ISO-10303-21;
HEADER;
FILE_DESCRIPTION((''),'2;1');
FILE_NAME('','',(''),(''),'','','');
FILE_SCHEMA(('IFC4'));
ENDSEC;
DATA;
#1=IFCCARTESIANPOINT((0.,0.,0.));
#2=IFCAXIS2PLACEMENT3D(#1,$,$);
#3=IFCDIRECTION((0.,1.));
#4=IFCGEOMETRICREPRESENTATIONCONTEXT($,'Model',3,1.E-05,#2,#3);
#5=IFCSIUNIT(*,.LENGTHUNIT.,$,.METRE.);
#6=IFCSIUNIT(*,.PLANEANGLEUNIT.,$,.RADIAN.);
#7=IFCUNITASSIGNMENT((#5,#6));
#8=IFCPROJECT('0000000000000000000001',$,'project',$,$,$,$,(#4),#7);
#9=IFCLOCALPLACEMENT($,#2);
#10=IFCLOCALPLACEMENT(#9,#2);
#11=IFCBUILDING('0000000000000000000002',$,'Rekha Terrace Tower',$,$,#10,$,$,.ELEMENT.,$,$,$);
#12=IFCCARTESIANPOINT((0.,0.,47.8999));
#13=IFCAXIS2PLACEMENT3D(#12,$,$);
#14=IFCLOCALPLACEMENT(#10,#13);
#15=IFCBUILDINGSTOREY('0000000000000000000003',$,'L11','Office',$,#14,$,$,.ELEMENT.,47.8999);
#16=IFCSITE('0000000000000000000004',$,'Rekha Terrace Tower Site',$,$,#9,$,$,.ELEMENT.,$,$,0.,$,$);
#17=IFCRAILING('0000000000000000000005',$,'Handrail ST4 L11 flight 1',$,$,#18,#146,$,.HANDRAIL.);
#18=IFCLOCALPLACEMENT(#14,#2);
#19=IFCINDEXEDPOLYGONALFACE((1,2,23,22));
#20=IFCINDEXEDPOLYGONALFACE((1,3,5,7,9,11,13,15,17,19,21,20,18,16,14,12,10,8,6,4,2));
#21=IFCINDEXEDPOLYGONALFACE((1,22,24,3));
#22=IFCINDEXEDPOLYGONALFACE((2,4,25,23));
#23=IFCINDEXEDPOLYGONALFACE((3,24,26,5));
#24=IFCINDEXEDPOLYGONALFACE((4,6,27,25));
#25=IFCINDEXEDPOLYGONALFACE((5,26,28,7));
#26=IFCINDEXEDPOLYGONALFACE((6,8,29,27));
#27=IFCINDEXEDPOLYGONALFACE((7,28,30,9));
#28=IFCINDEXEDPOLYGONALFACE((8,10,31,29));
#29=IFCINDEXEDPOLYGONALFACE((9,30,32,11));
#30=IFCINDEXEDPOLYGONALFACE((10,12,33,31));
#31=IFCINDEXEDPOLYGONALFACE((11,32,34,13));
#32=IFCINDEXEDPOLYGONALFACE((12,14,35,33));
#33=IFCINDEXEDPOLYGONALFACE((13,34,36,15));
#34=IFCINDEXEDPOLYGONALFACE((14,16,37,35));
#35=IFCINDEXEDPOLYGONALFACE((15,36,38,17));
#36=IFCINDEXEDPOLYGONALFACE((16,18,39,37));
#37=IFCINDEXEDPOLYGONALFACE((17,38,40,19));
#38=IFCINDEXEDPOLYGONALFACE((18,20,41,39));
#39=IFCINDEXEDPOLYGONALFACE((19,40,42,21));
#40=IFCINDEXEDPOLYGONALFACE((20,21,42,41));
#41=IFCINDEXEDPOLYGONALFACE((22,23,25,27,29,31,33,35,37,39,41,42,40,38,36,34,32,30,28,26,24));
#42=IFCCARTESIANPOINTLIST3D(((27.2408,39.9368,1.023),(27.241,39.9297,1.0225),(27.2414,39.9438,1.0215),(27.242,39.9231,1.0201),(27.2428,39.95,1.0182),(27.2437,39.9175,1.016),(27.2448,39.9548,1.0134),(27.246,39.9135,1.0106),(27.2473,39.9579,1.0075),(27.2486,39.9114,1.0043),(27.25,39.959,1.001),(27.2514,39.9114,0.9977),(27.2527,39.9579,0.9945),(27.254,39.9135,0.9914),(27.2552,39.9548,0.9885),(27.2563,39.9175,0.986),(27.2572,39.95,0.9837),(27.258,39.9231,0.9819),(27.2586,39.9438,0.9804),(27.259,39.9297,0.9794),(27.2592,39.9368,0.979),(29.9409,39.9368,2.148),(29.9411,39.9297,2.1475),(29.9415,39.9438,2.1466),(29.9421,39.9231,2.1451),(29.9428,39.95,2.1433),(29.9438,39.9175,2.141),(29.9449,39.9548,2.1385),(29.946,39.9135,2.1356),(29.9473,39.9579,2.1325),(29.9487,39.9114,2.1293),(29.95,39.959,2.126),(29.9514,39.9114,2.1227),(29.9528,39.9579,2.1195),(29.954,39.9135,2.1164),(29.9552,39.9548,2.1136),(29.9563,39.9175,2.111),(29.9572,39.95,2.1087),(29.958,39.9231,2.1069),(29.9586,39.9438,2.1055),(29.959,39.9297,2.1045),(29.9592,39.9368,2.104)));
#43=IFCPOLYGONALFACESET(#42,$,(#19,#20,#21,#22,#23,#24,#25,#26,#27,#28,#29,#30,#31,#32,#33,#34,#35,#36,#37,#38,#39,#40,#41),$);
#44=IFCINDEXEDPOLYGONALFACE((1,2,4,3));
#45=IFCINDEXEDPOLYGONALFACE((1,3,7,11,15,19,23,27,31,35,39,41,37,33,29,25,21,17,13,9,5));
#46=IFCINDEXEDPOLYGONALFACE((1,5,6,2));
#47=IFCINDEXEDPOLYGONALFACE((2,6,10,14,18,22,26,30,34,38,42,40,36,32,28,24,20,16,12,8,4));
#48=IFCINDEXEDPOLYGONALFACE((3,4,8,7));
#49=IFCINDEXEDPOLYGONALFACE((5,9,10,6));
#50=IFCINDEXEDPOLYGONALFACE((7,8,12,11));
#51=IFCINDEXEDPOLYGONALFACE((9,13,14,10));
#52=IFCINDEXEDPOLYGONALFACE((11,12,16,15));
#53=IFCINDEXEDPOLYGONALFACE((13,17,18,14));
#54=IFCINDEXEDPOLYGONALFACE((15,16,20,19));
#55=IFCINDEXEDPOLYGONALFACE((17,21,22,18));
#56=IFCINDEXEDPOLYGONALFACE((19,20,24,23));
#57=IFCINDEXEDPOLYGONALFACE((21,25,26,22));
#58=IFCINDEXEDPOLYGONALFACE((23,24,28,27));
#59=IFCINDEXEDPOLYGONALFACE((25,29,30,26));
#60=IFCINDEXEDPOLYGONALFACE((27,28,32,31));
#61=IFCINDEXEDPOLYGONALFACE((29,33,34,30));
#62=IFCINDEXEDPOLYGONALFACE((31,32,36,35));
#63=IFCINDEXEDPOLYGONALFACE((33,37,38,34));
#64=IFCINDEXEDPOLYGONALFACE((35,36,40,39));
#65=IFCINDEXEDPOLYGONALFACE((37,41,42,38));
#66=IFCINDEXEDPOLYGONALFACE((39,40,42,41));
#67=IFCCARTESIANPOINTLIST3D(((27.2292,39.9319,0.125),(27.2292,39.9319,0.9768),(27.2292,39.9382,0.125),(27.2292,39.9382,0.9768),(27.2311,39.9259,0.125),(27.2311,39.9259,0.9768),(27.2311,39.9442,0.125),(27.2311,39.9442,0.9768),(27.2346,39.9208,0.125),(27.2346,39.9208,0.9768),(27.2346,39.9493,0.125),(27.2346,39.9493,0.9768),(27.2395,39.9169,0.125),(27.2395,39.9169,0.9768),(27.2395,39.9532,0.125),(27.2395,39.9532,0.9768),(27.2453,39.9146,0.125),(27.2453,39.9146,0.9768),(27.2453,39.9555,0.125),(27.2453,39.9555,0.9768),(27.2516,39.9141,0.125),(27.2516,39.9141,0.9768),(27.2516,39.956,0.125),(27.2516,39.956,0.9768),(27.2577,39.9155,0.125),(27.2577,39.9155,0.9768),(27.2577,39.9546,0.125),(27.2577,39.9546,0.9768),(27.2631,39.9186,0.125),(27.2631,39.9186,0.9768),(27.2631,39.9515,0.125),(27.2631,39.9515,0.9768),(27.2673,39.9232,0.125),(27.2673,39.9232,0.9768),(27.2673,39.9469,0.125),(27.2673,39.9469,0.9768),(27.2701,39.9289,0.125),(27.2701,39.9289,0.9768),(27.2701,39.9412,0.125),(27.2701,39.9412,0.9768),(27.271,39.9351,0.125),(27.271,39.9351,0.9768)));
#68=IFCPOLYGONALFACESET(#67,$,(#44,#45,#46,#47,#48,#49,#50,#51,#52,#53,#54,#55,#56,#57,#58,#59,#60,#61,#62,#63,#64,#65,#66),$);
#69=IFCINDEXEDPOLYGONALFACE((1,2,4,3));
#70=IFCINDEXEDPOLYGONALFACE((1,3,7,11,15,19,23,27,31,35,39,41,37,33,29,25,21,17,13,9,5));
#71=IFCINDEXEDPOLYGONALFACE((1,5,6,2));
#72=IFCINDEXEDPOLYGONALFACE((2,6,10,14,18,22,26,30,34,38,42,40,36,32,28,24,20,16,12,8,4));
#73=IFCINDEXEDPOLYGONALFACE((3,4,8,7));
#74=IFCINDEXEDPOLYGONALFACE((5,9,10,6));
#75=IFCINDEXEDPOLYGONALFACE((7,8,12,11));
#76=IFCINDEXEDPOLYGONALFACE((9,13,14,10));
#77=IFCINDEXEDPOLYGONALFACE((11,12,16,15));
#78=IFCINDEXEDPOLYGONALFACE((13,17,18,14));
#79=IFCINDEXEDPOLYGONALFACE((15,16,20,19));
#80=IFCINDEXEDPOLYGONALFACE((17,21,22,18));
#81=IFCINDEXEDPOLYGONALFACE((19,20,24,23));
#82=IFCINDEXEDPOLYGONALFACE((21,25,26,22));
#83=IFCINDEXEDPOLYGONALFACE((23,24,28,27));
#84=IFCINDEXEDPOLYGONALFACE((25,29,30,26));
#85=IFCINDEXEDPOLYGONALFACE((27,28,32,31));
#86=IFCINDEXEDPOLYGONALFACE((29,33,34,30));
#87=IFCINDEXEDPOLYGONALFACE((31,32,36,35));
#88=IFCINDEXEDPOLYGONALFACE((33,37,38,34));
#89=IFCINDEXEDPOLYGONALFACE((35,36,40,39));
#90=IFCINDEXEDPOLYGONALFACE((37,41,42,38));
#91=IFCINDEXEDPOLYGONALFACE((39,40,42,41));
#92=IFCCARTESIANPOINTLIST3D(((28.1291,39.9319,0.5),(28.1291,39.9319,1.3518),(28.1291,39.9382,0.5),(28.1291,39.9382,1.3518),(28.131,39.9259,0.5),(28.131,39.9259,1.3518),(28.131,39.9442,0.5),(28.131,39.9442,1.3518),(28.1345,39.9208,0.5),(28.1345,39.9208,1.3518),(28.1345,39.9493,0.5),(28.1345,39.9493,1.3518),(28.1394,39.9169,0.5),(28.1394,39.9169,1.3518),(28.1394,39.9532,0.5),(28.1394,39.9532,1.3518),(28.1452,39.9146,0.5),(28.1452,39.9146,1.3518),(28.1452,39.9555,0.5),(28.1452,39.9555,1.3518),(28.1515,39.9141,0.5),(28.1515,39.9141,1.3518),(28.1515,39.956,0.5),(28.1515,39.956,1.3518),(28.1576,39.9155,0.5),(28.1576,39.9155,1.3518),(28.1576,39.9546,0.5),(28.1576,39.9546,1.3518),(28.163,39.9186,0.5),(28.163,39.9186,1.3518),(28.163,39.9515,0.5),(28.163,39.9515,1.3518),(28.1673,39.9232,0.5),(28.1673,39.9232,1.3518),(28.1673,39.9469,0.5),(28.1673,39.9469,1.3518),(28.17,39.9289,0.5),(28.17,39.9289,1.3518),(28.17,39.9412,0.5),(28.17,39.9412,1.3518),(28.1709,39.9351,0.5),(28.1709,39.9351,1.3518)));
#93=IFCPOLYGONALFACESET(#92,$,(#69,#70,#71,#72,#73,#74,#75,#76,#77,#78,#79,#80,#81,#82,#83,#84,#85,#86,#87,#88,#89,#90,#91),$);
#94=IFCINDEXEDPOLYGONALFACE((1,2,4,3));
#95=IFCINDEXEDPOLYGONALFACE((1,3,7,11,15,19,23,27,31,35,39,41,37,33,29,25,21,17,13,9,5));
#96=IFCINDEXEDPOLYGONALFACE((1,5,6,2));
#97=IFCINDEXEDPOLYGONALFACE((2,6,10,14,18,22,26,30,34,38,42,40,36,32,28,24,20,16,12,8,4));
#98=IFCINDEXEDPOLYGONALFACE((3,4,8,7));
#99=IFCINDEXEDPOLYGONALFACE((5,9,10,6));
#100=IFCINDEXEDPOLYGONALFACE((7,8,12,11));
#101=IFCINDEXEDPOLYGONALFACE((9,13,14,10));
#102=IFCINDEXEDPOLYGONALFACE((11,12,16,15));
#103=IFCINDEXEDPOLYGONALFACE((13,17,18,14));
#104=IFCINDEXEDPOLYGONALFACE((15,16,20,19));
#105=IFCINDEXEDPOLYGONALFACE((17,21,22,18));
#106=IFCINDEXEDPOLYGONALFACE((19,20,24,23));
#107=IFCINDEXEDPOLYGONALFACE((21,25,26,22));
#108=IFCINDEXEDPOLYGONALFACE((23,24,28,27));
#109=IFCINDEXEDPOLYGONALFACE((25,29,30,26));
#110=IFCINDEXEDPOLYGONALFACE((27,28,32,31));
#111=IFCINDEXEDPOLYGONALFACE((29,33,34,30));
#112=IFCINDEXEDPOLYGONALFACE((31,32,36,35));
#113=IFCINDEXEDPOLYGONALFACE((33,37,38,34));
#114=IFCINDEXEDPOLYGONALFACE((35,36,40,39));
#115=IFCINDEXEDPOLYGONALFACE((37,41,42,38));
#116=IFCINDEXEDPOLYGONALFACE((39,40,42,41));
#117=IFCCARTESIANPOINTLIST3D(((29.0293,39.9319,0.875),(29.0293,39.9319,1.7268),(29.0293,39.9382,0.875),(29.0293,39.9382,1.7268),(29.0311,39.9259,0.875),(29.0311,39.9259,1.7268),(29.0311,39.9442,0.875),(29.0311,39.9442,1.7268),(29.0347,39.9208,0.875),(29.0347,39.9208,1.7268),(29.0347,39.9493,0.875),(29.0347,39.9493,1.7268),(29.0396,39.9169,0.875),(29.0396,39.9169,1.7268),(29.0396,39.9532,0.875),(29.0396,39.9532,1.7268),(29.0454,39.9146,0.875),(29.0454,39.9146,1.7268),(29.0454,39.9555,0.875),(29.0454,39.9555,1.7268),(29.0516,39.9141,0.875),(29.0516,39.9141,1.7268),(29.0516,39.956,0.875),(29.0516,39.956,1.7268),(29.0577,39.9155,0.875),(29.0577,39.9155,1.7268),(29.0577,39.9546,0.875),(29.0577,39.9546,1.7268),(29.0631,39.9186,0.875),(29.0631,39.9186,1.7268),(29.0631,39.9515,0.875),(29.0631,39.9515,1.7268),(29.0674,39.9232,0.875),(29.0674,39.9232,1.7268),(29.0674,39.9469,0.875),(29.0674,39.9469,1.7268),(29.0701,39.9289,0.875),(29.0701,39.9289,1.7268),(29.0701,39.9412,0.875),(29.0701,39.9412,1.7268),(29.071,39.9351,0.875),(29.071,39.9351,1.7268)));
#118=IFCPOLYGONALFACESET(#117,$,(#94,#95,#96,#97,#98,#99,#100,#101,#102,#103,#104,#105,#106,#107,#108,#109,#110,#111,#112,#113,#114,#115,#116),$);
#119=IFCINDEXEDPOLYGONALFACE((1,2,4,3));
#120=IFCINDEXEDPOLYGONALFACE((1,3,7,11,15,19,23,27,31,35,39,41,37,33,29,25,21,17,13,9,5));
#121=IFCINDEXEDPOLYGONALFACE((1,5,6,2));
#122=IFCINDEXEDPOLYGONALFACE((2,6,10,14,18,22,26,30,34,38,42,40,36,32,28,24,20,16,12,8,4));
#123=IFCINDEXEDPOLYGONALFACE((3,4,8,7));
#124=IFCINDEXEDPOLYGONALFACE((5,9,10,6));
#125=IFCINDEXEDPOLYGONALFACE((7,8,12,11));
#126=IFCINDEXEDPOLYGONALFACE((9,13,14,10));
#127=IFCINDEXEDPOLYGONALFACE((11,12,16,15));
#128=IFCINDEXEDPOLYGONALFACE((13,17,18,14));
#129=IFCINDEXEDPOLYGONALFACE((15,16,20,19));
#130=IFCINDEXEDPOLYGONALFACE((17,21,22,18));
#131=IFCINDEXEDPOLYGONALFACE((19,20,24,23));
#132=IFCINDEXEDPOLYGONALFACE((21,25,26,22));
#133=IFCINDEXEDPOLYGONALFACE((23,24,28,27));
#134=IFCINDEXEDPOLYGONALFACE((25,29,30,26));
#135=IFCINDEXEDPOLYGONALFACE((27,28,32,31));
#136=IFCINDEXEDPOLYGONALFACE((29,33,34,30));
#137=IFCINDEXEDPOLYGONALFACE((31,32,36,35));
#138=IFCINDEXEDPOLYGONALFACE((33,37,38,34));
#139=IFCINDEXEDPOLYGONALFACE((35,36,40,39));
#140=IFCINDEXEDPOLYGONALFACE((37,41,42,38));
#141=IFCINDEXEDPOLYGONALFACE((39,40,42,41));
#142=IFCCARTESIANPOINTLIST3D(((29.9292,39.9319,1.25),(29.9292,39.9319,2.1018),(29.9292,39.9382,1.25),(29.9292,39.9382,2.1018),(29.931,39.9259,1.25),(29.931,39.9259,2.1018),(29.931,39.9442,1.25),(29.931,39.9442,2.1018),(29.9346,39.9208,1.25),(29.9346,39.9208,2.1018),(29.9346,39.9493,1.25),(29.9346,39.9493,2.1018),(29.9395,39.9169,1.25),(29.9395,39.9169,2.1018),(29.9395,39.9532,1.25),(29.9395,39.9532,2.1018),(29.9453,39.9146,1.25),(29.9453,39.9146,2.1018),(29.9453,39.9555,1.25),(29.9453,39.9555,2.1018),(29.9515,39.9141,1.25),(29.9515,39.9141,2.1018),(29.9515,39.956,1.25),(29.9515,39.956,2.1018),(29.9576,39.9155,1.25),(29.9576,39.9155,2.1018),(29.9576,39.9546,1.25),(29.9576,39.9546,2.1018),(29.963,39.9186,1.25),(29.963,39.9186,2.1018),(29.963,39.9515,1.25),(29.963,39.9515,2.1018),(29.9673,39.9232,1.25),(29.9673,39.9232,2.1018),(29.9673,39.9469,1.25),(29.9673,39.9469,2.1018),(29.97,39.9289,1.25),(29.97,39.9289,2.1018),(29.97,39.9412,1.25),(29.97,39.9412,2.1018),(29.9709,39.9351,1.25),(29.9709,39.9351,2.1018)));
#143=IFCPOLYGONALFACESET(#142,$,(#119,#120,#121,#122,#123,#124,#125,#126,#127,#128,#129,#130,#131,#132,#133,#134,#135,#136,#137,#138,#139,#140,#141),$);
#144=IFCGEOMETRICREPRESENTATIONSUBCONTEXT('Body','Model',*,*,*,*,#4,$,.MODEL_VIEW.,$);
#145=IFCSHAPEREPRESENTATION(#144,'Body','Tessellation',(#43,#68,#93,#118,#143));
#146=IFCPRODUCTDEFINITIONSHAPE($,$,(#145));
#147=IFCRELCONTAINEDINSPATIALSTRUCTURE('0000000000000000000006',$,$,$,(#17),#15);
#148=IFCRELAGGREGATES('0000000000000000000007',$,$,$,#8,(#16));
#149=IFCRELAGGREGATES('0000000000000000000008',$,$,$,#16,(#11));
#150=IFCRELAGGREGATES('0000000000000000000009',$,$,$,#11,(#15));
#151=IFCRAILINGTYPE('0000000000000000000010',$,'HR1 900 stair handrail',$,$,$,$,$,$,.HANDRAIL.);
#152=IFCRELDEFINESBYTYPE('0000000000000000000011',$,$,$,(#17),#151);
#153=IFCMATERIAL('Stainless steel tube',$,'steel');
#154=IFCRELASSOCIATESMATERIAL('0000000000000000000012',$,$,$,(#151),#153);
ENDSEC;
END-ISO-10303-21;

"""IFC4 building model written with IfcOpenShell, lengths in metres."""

from ifc_helpers import new_model, si_unit, direction, frame, origin, origin_2d, place, context, subcontext, project, spatial, circle, extrude, material, type_object, element, save


model = new_model("IFC4")

# Units and contexts
model_context = context("Model", 3, precision=1e-05, world=origin(), true_north=direction((0.0, 1.0)))
body_context = subcontext(model_context, "Body", "Model", "MODEL_VIEW")
ifc_project = project(units=[si_unit("LENGTHUNIT", "METRE"), si_unit("PLANEANGLEUNIT", "RADIAN")], contexts=[model_context])

# Site, building, storey
site_placement = place(None, origin())
site = spatial("IfcSite", under=ifc_project, at=site_placement, Name="Rekha Terrace Tower Site", CompositionType="ELEMENT", RefElevation=0.0)
building_placement = place(site_placement, origin())
building = spatial("IfcBuilding", under=site, at=building_placement, Name="Rekha Terrace Tower", CompositionType="ELEMENT")
storey_placement = place(building_placement, frame((0.0, 0.0, 47.8999)))
storey = spatial("IfcBuildingStorey", under=building, at=storey_placement, Name="L11", Description="Office", CompositionType="ELEMENT", Elevation=47.8999)

# Railing
ifc_material_1 = material(Name="Stainless steel tube", Category="steel")
railing_type_1 = type_object("IfcRailingType", Name="HR1 900 stair handrail", PredefinedType="HANDRAIL", material=ifc_material_1)
railing_1_placement = place(storey_placement, frame((27.25, 39.9351, 0.125)))
element("IfcRailing", 1, at=railing_1_placement, inside=storey, type_object=railing_type_1, Name="Handrail ST4 L11 flight 1", PredefinedType="HANDRAIL", context=body_context, shape_type="SweptSolid", body=[
    extrude(circle(Radius=0.0239, at=origin_2d()), frame((0.0, 0.0, 0.876), z_axis=(0.923074, 0.0, 0.384621), x_axis=(0.0, 1.0, 0.0)), (0.0, 0.0, 1.0), 2.925),
    extrude(circle(Radius=0.021, at=origin_2d()), origin(), (0.0, 0.0, 1.0), 0.8518),
    extrude(circle(Radius=0.021, at=origin_2d()), frame((0.8999, 0.0, 0.375)), (0.0, 0.0, 1.0), 0.8518),
    extrude(circle(Radius=0.021, at=origin_2d()), frame((1.8, 0.0, 0.75)), (0.0, 0.0, 1.0), 0.8518),
    extrude(circle(Radius=0.021, at=origin_2d()), frame((2.7, 0.0, 1.125)), (0.0, 0.0, 1.0), 0.8518),
])

save(model, "model.ifc")
